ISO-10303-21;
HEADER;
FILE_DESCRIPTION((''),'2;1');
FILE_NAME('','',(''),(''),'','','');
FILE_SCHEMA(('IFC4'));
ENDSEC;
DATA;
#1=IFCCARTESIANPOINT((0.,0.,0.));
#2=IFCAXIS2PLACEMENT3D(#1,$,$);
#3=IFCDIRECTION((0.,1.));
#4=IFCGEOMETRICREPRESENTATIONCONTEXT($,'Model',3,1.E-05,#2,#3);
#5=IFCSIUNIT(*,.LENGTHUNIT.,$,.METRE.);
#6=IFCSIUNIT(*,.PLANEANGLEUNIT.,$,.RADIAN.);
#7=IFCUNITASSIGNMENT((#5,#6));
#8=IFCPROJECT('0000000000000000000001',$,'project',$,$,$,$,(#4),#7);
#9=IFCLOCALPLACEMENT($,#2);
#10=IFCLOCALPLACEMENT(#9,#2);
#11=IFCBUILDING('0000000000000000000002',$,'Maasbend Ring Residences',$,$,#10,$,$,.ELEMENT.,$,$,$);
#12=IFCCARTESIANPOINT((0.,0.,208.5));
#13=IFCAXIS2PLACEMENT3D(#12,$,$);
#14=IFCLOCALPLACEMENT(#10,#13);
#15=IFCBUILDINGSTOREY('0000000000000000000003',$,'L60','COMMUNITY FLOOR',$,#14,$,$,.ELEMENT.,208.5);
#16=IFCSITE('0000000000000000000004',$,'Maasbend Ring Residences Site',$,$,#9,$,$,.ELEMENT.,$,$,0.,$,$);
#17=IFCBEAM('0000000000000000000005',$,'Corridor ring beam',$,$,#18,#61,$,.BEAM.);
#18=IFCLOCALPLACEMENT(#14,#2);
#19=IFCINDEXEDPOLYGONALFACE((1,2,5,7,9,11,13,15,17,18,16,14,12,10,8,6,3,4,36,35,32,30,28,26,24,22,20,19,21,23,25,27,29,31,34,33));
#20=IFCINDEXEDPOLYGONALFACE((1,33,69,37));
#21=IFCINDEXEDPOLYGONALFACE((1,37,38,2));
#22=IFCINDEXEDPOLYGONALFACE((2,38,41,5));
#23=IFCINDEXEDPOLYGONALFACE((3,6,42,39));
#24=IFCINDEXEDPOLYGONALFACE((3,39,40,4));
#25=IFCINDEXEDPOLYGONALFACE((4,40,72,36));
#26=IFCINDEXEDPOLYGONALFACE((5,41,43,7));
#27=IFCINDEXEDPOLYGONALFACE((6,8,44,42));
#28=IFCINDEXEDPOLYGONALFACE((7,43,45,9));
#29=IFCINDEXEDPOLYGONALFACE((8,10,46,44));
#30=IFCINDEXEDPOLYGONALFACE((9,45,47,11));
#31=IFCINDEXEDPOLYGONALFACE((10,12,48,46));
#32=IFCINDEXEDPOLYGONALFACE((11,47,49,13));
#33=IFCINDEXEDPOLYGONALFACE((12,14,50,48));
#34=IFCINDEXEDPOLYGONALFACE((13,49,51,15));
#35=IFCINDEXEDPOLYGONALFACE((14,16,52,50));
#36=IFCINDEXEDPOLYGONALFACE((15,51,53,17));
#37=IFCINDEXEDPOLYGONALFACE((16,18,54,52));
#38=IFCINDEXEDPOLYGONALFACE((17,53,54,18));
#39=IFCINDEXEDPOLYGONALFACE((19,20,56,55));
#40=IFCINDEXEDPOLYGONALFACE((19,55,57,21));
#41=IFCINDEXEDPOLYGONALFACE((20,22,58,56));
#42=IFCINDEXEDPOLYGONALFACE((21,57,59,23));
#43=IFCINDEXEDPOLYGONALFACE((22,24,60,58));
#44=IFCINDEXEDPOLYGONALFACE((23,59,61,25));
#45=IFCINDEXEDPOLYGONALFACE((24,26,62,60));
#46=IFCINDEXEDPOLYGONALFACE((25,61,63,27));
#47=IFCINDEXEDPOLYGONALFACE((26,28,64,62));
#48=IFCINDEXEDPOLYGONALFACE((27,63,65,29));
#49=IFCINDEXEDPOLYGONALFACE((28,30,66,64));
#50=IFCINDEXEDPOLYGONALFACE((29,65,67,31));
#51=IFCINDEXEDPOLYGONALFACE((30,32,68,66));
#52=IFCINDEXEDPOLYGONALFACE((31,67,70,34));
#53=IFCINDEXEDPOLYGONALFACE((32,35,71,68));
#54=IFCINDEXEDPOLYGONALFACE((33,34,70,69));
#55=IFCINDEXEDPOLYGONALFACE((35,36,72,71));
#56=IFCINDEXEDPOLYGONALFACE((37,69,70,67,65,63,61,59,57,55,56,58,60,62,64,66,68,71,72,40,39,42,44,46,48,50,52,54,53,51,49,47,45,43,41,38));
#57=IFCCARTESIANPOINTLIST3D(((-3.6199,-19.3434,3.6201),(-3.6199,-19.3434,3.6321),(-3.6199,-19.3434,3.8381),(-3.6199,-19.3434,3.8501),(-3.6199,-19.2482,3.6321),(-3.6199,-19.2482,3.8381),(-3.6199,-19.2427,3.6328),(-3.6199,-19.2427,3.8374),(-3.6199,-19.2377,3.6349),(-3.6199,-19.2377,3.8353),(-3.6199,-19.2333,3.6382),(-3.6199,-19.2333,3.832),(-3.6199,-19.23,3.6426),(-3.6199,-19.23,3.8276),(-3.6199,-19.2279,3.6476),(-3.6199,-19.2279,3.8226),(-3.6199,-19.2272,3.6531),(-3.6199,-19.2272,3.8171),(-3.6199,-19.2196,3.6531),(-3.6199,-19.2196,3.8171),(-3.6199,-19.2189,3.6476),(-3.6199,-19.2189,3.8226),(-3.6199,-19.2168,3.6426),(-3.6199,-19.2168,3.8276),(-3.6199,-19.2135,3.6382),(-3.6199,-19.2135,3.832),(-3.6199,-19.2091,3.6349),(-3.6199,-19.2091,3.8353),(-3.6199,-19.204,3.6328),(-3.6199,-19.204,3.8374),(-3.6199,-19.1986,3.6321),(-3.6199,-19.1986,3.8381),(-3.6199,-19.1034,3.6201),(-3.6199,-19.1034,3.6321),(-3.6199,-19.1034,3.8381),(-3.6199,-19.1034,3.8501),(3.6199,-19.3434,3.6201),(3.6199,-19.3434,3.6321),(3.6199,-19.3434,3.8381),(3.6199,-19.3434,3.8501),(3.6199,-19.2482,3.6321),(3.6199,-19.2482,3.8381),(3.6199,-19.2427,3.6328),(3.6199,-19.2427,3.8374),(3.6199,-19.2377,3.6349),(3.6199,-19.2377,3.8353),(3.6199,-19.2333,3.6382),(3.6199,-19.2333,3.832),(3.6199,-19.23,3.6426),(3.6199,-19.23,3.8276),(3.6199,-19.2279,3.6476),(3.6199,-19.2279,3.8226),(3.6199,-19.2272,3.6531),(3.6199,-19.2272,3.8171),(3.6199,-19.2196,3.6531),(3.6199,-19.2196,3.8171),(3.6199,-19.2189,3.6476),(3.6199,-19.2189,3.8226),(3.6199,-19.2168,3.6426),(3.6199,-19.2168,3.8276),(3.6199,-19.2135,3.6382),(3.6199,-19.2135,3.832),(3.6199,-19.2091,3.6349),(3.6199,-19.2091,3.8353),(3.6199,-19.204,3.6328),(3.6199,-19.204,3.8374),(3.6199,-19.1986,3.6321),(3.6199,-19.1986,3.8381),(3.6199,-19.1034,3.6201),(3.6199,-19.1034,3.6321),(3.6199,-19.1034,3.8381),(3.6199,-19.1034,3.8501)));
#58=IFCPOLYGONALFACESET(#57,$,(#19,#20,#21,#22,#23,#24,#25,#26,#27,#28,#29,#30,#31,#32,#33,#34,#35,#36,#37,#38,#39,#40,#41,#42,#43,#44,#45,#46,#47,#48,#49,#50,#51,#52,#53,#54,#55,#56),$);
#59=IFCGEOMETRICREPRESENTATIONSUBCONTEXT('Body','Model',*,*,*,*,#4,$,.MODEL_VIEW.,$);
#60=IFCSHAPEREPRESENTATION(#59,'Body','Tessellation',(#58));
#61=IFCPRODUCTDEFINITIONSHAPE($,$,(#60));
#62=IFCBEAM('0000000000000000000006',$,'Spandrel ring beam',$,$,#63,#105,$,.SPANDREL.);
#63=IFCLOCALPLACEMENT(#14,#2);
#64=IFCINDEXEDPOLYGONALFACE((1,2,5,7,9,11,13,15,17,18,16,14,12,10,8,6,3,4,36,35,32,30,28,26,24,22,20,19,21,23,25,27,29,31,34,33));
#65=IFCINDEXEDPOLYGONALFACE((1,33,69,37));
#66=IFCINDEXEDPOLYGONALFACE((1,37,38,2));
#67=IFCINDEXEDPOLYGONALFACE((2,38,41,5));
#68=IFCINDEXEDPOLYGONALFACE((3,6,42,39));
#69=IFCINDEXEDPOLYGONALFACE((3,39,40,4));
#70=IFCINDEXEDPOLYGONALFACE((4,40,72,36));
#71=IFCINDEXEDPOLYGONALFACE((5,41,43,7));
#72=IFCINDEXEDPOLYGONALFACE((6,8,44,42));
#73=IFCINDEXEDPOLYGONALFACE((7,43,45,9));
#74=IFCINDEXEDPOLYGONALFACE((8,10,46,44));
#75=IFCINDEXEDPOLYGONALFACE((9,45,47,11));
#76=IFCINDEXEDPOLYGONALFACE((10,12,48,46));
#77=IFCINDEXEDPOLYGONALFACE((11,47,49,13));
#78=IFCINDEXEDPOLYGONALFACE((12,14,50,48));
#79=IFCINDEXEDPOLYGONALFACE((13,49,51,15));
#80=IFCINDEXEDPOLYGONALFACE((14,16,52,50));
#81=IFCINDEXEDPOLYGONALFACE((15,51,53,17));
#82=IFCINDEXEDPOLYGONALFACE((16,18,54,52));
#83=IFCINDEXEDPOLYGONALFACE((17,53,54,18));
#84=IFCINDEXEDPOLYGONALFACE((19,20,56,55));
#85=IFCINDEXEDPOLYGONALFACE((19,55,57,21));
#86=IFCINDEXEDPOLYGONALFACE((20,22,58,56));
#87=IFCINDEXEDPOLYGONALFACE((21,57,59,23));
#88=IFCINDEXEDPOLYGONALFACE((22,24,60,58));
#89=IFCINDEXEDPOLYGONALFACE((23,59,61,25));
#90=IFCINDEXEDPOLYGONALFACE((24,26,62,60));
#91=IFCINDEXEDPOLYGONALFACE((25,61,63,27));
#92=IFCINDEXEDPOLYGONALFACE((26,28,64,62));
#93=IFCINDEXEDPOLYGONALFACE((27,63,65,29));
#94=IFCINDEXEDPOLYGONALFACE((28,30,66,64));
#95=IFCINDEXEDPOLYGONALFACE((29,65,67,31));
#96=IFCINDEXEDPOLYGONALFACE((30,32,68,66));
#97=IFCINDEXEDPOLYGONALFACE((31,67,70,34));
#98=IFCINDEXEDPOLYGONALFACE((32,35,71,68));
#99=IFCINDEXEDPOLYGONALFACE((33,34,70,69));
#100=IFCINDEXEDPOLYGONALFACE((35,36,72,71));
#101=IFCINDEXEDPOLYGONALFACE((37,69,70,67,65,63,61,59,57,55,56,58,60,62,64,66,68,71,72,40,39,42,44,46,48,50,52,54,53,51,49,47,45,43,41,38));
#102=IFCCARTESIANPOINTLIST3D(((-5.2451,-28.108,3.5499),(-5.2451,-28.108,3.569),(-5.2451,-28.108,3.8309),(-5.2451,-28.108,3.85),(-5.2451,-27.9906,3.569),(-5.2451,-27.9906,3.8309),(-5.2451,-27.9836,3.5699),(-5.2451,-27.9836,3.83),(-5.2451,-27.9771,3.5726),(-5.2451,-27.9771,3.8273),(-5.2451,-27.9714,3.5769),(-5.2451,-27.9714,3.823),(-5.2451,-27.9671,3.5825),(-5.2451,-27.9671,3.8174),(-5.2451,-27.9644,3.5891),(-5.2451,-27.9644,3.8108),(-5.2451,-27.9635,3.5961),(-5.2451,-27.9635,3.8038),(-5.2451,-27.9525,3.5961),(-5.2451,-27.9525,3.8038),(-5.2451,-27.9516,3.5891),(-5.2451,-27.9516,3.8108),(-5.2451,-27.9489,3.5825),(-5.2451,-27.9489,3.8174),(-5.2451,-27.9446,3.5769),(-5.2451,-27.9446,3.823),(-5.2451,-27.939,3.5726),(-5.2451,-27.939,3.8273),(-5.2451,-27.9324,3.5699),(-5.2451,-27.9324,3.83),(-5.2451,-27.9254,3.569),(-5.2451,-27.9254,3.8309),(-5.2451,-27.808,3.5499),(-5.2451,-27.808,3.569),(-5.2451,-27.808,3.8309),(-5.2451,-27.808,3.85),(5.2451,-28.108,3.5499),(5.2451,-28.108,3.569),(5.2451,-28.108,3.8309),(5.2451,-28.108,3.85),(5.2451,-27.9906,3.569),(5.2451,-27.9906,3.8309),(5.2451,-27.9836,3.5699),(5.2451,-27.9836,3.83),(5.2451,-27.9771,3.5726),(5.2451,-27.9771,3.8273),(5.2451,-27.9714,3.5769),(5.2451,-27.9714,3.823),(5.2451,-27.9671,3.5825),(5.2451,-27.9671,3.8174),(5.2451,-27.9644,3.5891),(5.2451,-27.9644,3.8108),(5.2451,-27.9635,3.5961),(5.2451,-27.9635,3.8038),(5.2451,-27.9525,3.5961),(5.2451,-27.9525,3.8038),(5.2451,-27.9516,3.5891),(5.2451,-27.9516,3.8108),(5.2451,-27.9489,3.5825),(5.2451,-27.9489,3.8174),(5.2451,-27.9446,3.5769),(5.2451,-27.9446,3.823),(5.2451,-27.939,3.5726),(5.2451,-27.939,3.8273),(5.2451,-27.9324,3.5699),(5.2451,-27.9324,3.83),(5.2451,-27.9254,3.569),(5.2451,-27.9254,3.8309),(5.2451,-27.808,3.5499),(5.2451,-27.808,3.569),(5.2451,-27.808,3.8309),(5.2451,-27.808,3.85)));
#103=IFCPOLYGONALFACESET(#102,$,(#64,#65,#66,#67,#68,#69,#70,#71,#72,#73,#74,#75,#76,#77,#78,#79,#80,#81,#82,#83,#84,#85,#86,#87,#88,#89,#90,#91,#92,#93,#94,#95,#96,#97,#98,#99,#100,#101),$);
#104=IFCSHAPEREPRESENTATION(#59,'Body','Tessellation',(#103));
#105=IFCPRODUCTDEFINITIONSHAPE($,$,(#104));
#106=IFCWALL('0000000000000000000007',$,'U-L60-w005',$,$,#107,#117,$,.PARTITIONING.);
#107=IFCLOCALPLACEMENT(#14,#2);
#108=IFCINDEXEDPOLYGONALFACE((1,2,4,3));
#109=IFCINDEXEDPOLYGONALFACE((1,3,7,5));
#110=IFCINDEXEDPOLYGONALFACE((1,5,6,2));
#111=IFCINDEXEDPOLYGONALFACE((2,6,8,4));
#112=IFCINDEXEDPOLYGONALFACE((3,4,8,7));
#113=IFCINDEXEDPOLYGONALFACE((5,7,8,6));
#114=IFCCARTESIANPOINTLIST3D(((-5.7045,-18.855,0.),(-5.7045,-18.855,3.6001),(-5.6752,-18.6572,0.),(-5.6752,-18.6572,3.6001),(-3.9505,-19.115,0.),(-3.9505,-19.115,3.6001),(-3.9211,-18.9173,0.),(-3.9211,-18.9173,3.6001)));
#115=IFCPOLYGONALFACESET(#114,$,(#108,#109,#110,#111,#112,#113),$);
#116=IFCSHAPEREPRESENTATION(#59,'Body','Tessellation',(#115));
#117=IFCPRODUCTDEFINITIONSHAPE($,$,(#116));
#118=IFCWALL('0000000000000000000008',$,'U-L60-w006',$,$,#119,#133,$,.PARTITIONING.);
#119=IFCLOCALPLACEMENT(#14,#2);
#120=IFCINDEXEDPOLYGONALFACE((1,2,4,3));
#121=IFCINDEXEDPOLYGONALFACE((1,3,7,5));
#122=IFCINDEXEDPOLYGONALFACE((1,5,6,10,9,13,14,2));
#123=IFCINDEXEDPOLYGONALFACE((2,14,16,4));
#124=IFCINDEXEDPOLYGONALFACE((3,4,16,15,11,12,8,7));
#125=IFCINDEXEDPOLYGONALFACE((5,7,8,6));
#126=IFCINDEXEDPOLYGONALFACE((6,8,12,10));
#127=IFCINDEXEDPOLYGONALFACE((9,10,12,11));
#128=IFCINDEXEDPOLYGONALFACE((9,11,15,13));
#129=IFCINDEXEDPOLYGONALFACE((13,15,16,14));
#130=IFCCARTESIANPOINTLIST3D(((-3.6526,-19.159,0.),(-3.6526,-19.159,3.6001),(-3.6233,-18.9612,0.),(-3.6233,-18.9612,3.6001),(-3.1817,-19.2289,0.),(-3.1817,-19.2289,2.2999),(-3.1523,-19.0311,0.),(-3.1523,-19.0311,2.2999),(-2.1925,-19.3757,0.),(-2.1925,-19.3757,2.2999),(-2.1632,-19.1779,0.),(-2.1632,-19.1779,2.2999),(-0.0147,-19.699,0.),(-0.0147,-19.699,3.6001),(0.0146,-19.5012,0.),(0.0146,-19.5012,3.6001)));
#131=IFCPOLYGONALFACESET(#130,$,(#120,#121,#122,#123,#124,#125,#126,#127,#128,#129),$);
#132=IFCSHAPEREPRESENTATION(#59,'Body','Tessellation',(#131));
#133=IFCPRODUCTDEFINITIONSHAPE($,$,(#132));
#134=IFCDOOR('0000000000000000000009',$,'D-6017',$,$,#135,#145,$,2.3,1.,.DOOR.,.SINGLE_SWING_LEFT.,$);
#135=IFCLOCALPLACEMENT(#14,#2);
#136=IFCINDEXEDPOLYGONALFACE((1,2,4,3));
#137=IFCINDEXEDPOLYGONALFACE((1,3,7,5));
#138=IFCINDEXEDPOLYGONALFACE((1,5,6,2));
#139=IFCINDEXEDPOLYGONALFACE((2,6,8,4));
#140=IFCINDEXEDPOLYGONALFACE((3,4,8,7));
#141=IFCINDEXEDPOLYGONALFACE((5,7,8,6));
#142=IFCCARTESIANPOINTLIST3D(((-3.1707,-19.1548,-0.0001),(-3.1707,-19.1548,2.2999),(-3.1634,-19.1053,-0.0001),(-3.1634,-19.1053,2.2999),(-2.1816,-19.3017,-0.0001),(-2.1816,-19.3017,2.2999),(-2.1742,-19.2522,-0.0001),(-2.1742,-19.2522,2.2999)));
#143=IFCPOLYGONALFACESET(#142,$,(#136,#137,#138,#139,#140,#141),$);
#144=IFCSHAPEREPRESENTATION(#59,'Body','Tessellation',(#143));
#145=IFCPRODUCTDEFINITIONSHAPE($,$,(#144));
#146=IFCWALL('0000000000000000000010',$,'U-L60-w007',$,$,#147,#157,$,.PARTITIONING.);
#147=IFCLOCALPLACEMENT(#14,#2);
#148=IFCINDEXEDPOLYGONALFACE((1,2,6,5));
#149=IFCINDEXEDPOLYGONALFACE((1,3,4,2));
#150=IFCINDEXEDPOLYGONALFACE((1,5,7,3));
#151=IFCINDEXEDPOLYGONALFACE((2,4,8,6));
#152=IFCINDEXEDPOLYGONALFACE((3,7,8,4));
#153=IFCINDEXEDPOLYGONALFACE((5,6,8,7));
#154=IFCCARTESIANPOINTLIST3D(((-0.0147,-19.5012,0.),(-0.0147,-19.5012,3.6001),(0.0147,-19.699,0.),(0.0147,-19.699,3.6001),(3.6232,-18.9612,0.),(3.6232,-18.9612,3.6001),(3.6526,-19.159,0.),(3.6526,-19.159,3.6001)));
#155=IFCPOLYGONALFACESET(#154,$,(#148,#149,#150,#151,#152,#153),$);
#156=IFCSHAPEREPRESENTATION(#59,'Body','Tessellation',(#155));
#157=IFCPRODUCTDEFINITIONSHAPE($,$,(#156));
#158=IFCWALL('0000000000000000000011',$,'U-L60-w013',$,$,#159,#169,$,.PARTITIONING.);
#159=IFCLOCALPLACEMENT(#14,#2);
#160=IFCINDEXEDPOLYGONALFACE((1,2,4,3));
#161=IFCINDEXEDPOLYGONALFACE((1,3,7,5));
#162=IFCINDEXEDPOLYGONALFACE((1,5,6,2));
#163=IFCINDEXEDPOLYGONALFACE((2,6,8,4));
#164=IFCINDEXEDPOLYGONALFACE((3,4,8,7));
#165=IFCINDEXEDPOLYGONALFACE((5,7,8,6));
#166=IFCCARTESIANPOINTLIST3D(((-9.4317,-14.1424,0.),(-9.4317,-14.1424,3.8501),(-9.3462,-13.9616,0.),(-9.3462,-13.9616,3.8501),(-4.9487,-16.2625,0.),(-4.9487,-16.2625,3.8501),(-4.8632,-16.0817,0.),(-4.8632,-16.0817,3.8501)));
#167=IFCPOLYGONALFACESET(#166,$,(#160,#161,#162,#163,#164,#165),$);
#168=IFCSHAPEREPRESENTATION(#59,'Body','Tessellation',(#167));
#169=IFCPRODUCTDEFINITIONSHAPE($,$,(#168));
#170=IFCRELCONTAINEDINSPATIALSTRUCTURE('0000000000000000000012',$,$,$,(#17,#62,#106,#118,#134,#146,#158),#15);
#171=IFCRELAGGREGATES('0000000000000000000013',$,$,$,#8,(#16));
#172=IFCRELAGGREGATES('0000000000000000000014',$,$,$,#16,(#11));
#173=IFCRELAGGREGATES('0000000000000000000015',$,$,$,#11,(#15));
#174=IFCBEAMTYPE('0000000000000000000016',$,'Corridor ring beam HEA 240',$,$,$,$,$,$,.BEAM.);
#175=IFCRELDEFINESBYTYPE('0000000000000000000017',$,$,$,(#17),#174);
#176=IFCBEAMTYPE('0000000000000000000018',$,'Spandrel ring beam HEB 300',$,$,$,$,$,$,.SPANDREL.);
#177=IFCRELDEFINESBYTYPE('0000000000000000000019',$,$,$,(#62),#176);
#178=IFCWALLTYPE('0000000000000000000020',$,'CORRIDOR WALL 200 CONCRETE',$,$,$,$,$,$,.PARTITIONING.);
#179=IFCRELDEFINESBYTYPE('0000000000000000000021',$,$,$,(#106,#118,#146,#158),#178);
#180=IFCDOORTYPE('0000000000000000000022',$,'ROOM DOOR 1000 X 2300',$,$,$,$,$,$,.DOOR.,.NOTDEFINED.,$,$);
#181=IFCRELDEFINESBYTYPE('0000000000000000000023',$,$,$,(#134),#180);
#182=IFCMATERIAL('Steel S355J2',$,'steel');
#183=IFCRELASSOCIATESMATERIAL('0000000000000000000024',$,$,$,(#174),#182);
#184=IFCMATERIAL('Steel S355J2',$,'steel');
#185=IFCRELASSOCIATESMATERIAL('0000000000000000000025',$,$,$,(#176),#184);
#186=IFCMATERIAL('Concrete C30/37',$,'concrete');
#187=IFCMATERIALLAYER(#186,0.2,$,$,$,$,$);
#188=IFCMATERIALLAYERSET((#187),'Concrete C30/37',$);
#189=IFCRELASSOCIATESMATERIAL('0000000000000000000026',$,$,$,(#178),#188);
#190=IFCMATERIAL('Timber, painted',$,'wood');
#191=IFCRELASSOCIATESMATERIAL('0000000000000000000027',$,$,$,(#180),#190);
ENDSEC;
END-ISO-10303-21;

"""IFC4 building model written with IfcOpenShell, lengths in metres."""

from ifc_helpers import new_model, si_unit, direction, frame, frame_2d, origin, origin_2d, place, context, subcontext, project, spatial, rectangle, i_section, extrude, material, layer, layer_set, material_profile, profile_set, type_object, element, fill, save


model = new_model("IFC4")

# Units and contexts
model_context = context("Model", 3, precision=1e-05, world=origin(), true_north=direction((0.0, 1.0)))
body_context = subcontext(model_context, "Body", "Model", "MODEL_VIEW")
ifc_project = project(units=[si_unit("LENGTHUNIT", "METRE"), si_unit("PLANEANGLEUNIT", "RADIAN")], contexts=[model_context])

# Site, building, storey
site_placement = place(None, origin())
site = spatial("IfcSite", under=ifc_project, at=site_placement, Name="Maasbend Ring Residences Site", CompositionType="ELEMENT", RefElevation=0.0)
building_placement = place(site_placement, origin())
building = spatial("IfcBuilding", under=site, at=building_placement, Name="Maasbend Ring Residences", CompositionType="ELEMENT")
storey_placement = place(building_placement, frame((0.0, 0.0, 208.5)))
storey = spatial("IfcBuildingStorey", under=building, at=storey_placement, Name="L60", Description="COMMUNITY FLOOR", CompositionType="ELEMENT", Elevation=208.5)

# Beams
ifc_material_1 = material(Name="Steel S355J2", Category="steel")
ifc_material_profile_1 = material_profile(ifc_material_1, i_section(OverallWidth=0.24, OverallDepth=0.23, WebThickness=0.0076, FlangeThickness=0.012, FilletRadius=0.021, at=origin_2d()), Name="HEA 240")
ifc_profile_set_1 = profile_set([ifc_material_profile_1], Name="Steel S355J2")
beam_type_1 = type_object("IfcBeamType", Name="Corridor ring beam HEA 240", PredefinedType="BEAM", material=ifc_profile_set_1)
for number, where, z_axis, x_axis, name in (
    (1, (-3.6199, -19.2234, 3.7351), (1.0, 0.0, 0.0), (0.0, 1.0, 0.0), "Corridor ring beam"),
):
    element("IfcBeam", number, at=place(storey_placement, frame(where, z_axis=z_axis, x_axis=x_axis)), inside=storey, type_object=beam_type_1, Name=name, PredefinedType="BEAM", context=body_context, shape_type="SweptSolid", body=[
        extrude(i_section(OverallWidth=0.24, OverallDepth=0.23, WebThickness=0.0076, FlangeThickness=0.012, FilletRadius=0.021, at=origin_2d()), origin(), (0.0, 0.0, 1.0), 7.2397),
    ])
ifc_material_2 = material(Name="Steel S355J2", Category="steel")
ifc_material_profile_2 = material_profile(ifc_material_2, i_section(OverallWidth=0.3, OverallDepth=0.3, WebThickness=0.011, FlangeThickness=0.019, FilletRadius=0.0271, at=origin_2d()), Name="HEB 300")
ifc_profile_set_2 = profile_set([ifc_material_profile_2], Name="Steel S355J2")
beam_type_2 = type_object("IfcBeamType", Name="Spandrel ring beam HEB 300", PredefinedType="SPANDREL", material=ifc_profile_set_2)
beam_placement = place(storey_placement, frame((-5.2451, -27.958, 3.7), z_axis=(1.0, 0.0, 0.0), x_axis=(0.0, 1.0, 0.0)))
element("IfcBeam", 2, at=beam_placement, inside=storey, type_object=beam_type_2, Name="Spandrel ring beam", PredefinedType="SPANDREL", context=body_context, shape_type="SweptSolid", body=[
    extrude(i_section(OverallWidth=0.3, OverallDepth=0.3, WebThickness=0.011, FlangeThickness=0.019, FilletRadius=0.0271, at=origin_2d()), origin(), (0.0, 0.0, 1.0), 10.4902),
])

# Wall
ifc_material_3 = material(Name="Concrete C30/37", Category="concrete")
ifc_layer_1 = layer(ifc_material_3, 0.2)
ifc_layer_set_1 = layer_set([ifc_layer_1], Name="Concrete C30/37")
wall_type_1 = type_object("IfcWallType", Name="CORRIDOR WALL 200 CONCRETE", PredefinedType="PARTITIONING", material=ifc_layer_set_1)
wall_1_placement = place(storey_placement, frame((-5.6899, -18.7561, 0.0), z_axis=(0.0, 0.0, 1.0), x_axis=(0.989189, -0.146643, 0.0)))
element("IfcWall", 3, at=wall_1_placement, inside=storey, type_object=wall_type_1, Name="U-L60-w005", PredefinedType="PARTITIONING", context=body_context, shape_type="SweptSolid", body=[
    extrude(rectangle(XDim=1.7732, YDim=0.2, at=frame_2d((0.8867, 0.0))), origin(), (0.0, 0.0, 1.0), 3.6001),
])

# Wall, opening, door
wall_2_placement = place(storey_placement, frame((-3.6379, -19.0601, 0.0), z_axis=(0.0, 0.0, 1.0), x_axis=(0.989161, -0.146837, 0.0)))
wall_2 = element("IfcWall", 4, at=wall_2_placement, inside=storey, type_object=wall_type_1, Name="U-L60-w006", PredefinedType="PARTITIONING", context=body_context, shape_type="SweptSolid", body=[
    extrude(rectangle(XDim=3.6777, YDim=0.2, at=frame_2d((1.8389, 0.0))), origin(), (0.0, 0.0, 1.0), 3.6001),
])
opening_1_placement = place(wall_2_placement, frame((0.4761, 0.0, 0.0)))
opening_1 = element("IfcOpeningElement", 5, at=opening_1_placement, cuts=wall_2, PredefinedType="OPENING", context=body_context, shape_type="SweptSolid", body=[
    extrude(rectangle(XDim=1.0, YDim=2.3, at=frame_2d((0.5, 1.1499))), frame((0.0, 0.1099, 0.0), z_axis=(0.0, -1.0, 0.0), x_axis=(1.0, 0.0, 0.0)), (0.0, 0.0, 1.0), 0.22),
])
ifc_material_4 = material(Name="Timber, painted", Category="wood")
door_type_1 = type_object("IfcDoorType", Name="ROOM DOOR 1000 X 2300", OperationType="NOTDEFINED", PredefinedType="DOOR", material=ifc_material_4)
door_1_placement = place(opening_1_placement, origin())
door_1 = element("IfcDoor", 6, at=door_1_placement, inside=storey, type_object=door_type_1, Name="D-6017", OperationType="SINGLE_SWING_LEFT", OverallHeight=2.3, OverallWidth=1.0, PredefinedType="DOOR", context=body_context, shape_type="SweptSolid", body=[
    extrude(rectangle(XDim=1.0, YDim=2.3, at=frame_2d((0.5, 1.1499))), frame((0.0, 0.0249, 0.0), z_axis=(0.0, -1.0, 0.0), x_axis=(1.0, 0.0, 0.0)), (0.0, 0.0, 1.0), 0.05),
])
fill(opening_1, door_1)

# Walls
wall_3_placement = place(storey_placement, frame((0.0, -19.6001, 0.0), z_axis=(0.0, 0.0, 1.0), x_axis=(0.989161, 0.146837, 0.0)))
element("IfcWall", 7, at=wall_3_placement, inside=storey, type_object=wall_type_1, Name="U-L60-w007", PredefinedType="PARTITIONING", context=body_context, shape_type="SweptSolid", body=[
    extrude(rectangle(XDim=3.6777, YDim=0.2, at=frame_2d((1.8389, 0.0))), origin(), (0.0, 0.0, 1.0), 3.6001),
])
wall_4_placement = place(storey_placement, frame((-9.3889, -14.052, 0.0), z_axis=(0.0, 0.0, 1.0), x_axis=(0.904, -0.427532, 0.0)))
element("IfcWall", 8, at=wall_4_placement, inside=storey, type_object=wall_type_1, Name="U-L60-w013", PredefinedType="PARTITIONING", context=body_context, shape_type="SweptSolid", body=[
    extrude(rectangle(XDim=4.959, YDim=0.2, at=frame_2d((2.4795, 0.0))), origin(), (0.0, 0.0, 1.0), 3.8501),
])

save(model, "model.ifc")
